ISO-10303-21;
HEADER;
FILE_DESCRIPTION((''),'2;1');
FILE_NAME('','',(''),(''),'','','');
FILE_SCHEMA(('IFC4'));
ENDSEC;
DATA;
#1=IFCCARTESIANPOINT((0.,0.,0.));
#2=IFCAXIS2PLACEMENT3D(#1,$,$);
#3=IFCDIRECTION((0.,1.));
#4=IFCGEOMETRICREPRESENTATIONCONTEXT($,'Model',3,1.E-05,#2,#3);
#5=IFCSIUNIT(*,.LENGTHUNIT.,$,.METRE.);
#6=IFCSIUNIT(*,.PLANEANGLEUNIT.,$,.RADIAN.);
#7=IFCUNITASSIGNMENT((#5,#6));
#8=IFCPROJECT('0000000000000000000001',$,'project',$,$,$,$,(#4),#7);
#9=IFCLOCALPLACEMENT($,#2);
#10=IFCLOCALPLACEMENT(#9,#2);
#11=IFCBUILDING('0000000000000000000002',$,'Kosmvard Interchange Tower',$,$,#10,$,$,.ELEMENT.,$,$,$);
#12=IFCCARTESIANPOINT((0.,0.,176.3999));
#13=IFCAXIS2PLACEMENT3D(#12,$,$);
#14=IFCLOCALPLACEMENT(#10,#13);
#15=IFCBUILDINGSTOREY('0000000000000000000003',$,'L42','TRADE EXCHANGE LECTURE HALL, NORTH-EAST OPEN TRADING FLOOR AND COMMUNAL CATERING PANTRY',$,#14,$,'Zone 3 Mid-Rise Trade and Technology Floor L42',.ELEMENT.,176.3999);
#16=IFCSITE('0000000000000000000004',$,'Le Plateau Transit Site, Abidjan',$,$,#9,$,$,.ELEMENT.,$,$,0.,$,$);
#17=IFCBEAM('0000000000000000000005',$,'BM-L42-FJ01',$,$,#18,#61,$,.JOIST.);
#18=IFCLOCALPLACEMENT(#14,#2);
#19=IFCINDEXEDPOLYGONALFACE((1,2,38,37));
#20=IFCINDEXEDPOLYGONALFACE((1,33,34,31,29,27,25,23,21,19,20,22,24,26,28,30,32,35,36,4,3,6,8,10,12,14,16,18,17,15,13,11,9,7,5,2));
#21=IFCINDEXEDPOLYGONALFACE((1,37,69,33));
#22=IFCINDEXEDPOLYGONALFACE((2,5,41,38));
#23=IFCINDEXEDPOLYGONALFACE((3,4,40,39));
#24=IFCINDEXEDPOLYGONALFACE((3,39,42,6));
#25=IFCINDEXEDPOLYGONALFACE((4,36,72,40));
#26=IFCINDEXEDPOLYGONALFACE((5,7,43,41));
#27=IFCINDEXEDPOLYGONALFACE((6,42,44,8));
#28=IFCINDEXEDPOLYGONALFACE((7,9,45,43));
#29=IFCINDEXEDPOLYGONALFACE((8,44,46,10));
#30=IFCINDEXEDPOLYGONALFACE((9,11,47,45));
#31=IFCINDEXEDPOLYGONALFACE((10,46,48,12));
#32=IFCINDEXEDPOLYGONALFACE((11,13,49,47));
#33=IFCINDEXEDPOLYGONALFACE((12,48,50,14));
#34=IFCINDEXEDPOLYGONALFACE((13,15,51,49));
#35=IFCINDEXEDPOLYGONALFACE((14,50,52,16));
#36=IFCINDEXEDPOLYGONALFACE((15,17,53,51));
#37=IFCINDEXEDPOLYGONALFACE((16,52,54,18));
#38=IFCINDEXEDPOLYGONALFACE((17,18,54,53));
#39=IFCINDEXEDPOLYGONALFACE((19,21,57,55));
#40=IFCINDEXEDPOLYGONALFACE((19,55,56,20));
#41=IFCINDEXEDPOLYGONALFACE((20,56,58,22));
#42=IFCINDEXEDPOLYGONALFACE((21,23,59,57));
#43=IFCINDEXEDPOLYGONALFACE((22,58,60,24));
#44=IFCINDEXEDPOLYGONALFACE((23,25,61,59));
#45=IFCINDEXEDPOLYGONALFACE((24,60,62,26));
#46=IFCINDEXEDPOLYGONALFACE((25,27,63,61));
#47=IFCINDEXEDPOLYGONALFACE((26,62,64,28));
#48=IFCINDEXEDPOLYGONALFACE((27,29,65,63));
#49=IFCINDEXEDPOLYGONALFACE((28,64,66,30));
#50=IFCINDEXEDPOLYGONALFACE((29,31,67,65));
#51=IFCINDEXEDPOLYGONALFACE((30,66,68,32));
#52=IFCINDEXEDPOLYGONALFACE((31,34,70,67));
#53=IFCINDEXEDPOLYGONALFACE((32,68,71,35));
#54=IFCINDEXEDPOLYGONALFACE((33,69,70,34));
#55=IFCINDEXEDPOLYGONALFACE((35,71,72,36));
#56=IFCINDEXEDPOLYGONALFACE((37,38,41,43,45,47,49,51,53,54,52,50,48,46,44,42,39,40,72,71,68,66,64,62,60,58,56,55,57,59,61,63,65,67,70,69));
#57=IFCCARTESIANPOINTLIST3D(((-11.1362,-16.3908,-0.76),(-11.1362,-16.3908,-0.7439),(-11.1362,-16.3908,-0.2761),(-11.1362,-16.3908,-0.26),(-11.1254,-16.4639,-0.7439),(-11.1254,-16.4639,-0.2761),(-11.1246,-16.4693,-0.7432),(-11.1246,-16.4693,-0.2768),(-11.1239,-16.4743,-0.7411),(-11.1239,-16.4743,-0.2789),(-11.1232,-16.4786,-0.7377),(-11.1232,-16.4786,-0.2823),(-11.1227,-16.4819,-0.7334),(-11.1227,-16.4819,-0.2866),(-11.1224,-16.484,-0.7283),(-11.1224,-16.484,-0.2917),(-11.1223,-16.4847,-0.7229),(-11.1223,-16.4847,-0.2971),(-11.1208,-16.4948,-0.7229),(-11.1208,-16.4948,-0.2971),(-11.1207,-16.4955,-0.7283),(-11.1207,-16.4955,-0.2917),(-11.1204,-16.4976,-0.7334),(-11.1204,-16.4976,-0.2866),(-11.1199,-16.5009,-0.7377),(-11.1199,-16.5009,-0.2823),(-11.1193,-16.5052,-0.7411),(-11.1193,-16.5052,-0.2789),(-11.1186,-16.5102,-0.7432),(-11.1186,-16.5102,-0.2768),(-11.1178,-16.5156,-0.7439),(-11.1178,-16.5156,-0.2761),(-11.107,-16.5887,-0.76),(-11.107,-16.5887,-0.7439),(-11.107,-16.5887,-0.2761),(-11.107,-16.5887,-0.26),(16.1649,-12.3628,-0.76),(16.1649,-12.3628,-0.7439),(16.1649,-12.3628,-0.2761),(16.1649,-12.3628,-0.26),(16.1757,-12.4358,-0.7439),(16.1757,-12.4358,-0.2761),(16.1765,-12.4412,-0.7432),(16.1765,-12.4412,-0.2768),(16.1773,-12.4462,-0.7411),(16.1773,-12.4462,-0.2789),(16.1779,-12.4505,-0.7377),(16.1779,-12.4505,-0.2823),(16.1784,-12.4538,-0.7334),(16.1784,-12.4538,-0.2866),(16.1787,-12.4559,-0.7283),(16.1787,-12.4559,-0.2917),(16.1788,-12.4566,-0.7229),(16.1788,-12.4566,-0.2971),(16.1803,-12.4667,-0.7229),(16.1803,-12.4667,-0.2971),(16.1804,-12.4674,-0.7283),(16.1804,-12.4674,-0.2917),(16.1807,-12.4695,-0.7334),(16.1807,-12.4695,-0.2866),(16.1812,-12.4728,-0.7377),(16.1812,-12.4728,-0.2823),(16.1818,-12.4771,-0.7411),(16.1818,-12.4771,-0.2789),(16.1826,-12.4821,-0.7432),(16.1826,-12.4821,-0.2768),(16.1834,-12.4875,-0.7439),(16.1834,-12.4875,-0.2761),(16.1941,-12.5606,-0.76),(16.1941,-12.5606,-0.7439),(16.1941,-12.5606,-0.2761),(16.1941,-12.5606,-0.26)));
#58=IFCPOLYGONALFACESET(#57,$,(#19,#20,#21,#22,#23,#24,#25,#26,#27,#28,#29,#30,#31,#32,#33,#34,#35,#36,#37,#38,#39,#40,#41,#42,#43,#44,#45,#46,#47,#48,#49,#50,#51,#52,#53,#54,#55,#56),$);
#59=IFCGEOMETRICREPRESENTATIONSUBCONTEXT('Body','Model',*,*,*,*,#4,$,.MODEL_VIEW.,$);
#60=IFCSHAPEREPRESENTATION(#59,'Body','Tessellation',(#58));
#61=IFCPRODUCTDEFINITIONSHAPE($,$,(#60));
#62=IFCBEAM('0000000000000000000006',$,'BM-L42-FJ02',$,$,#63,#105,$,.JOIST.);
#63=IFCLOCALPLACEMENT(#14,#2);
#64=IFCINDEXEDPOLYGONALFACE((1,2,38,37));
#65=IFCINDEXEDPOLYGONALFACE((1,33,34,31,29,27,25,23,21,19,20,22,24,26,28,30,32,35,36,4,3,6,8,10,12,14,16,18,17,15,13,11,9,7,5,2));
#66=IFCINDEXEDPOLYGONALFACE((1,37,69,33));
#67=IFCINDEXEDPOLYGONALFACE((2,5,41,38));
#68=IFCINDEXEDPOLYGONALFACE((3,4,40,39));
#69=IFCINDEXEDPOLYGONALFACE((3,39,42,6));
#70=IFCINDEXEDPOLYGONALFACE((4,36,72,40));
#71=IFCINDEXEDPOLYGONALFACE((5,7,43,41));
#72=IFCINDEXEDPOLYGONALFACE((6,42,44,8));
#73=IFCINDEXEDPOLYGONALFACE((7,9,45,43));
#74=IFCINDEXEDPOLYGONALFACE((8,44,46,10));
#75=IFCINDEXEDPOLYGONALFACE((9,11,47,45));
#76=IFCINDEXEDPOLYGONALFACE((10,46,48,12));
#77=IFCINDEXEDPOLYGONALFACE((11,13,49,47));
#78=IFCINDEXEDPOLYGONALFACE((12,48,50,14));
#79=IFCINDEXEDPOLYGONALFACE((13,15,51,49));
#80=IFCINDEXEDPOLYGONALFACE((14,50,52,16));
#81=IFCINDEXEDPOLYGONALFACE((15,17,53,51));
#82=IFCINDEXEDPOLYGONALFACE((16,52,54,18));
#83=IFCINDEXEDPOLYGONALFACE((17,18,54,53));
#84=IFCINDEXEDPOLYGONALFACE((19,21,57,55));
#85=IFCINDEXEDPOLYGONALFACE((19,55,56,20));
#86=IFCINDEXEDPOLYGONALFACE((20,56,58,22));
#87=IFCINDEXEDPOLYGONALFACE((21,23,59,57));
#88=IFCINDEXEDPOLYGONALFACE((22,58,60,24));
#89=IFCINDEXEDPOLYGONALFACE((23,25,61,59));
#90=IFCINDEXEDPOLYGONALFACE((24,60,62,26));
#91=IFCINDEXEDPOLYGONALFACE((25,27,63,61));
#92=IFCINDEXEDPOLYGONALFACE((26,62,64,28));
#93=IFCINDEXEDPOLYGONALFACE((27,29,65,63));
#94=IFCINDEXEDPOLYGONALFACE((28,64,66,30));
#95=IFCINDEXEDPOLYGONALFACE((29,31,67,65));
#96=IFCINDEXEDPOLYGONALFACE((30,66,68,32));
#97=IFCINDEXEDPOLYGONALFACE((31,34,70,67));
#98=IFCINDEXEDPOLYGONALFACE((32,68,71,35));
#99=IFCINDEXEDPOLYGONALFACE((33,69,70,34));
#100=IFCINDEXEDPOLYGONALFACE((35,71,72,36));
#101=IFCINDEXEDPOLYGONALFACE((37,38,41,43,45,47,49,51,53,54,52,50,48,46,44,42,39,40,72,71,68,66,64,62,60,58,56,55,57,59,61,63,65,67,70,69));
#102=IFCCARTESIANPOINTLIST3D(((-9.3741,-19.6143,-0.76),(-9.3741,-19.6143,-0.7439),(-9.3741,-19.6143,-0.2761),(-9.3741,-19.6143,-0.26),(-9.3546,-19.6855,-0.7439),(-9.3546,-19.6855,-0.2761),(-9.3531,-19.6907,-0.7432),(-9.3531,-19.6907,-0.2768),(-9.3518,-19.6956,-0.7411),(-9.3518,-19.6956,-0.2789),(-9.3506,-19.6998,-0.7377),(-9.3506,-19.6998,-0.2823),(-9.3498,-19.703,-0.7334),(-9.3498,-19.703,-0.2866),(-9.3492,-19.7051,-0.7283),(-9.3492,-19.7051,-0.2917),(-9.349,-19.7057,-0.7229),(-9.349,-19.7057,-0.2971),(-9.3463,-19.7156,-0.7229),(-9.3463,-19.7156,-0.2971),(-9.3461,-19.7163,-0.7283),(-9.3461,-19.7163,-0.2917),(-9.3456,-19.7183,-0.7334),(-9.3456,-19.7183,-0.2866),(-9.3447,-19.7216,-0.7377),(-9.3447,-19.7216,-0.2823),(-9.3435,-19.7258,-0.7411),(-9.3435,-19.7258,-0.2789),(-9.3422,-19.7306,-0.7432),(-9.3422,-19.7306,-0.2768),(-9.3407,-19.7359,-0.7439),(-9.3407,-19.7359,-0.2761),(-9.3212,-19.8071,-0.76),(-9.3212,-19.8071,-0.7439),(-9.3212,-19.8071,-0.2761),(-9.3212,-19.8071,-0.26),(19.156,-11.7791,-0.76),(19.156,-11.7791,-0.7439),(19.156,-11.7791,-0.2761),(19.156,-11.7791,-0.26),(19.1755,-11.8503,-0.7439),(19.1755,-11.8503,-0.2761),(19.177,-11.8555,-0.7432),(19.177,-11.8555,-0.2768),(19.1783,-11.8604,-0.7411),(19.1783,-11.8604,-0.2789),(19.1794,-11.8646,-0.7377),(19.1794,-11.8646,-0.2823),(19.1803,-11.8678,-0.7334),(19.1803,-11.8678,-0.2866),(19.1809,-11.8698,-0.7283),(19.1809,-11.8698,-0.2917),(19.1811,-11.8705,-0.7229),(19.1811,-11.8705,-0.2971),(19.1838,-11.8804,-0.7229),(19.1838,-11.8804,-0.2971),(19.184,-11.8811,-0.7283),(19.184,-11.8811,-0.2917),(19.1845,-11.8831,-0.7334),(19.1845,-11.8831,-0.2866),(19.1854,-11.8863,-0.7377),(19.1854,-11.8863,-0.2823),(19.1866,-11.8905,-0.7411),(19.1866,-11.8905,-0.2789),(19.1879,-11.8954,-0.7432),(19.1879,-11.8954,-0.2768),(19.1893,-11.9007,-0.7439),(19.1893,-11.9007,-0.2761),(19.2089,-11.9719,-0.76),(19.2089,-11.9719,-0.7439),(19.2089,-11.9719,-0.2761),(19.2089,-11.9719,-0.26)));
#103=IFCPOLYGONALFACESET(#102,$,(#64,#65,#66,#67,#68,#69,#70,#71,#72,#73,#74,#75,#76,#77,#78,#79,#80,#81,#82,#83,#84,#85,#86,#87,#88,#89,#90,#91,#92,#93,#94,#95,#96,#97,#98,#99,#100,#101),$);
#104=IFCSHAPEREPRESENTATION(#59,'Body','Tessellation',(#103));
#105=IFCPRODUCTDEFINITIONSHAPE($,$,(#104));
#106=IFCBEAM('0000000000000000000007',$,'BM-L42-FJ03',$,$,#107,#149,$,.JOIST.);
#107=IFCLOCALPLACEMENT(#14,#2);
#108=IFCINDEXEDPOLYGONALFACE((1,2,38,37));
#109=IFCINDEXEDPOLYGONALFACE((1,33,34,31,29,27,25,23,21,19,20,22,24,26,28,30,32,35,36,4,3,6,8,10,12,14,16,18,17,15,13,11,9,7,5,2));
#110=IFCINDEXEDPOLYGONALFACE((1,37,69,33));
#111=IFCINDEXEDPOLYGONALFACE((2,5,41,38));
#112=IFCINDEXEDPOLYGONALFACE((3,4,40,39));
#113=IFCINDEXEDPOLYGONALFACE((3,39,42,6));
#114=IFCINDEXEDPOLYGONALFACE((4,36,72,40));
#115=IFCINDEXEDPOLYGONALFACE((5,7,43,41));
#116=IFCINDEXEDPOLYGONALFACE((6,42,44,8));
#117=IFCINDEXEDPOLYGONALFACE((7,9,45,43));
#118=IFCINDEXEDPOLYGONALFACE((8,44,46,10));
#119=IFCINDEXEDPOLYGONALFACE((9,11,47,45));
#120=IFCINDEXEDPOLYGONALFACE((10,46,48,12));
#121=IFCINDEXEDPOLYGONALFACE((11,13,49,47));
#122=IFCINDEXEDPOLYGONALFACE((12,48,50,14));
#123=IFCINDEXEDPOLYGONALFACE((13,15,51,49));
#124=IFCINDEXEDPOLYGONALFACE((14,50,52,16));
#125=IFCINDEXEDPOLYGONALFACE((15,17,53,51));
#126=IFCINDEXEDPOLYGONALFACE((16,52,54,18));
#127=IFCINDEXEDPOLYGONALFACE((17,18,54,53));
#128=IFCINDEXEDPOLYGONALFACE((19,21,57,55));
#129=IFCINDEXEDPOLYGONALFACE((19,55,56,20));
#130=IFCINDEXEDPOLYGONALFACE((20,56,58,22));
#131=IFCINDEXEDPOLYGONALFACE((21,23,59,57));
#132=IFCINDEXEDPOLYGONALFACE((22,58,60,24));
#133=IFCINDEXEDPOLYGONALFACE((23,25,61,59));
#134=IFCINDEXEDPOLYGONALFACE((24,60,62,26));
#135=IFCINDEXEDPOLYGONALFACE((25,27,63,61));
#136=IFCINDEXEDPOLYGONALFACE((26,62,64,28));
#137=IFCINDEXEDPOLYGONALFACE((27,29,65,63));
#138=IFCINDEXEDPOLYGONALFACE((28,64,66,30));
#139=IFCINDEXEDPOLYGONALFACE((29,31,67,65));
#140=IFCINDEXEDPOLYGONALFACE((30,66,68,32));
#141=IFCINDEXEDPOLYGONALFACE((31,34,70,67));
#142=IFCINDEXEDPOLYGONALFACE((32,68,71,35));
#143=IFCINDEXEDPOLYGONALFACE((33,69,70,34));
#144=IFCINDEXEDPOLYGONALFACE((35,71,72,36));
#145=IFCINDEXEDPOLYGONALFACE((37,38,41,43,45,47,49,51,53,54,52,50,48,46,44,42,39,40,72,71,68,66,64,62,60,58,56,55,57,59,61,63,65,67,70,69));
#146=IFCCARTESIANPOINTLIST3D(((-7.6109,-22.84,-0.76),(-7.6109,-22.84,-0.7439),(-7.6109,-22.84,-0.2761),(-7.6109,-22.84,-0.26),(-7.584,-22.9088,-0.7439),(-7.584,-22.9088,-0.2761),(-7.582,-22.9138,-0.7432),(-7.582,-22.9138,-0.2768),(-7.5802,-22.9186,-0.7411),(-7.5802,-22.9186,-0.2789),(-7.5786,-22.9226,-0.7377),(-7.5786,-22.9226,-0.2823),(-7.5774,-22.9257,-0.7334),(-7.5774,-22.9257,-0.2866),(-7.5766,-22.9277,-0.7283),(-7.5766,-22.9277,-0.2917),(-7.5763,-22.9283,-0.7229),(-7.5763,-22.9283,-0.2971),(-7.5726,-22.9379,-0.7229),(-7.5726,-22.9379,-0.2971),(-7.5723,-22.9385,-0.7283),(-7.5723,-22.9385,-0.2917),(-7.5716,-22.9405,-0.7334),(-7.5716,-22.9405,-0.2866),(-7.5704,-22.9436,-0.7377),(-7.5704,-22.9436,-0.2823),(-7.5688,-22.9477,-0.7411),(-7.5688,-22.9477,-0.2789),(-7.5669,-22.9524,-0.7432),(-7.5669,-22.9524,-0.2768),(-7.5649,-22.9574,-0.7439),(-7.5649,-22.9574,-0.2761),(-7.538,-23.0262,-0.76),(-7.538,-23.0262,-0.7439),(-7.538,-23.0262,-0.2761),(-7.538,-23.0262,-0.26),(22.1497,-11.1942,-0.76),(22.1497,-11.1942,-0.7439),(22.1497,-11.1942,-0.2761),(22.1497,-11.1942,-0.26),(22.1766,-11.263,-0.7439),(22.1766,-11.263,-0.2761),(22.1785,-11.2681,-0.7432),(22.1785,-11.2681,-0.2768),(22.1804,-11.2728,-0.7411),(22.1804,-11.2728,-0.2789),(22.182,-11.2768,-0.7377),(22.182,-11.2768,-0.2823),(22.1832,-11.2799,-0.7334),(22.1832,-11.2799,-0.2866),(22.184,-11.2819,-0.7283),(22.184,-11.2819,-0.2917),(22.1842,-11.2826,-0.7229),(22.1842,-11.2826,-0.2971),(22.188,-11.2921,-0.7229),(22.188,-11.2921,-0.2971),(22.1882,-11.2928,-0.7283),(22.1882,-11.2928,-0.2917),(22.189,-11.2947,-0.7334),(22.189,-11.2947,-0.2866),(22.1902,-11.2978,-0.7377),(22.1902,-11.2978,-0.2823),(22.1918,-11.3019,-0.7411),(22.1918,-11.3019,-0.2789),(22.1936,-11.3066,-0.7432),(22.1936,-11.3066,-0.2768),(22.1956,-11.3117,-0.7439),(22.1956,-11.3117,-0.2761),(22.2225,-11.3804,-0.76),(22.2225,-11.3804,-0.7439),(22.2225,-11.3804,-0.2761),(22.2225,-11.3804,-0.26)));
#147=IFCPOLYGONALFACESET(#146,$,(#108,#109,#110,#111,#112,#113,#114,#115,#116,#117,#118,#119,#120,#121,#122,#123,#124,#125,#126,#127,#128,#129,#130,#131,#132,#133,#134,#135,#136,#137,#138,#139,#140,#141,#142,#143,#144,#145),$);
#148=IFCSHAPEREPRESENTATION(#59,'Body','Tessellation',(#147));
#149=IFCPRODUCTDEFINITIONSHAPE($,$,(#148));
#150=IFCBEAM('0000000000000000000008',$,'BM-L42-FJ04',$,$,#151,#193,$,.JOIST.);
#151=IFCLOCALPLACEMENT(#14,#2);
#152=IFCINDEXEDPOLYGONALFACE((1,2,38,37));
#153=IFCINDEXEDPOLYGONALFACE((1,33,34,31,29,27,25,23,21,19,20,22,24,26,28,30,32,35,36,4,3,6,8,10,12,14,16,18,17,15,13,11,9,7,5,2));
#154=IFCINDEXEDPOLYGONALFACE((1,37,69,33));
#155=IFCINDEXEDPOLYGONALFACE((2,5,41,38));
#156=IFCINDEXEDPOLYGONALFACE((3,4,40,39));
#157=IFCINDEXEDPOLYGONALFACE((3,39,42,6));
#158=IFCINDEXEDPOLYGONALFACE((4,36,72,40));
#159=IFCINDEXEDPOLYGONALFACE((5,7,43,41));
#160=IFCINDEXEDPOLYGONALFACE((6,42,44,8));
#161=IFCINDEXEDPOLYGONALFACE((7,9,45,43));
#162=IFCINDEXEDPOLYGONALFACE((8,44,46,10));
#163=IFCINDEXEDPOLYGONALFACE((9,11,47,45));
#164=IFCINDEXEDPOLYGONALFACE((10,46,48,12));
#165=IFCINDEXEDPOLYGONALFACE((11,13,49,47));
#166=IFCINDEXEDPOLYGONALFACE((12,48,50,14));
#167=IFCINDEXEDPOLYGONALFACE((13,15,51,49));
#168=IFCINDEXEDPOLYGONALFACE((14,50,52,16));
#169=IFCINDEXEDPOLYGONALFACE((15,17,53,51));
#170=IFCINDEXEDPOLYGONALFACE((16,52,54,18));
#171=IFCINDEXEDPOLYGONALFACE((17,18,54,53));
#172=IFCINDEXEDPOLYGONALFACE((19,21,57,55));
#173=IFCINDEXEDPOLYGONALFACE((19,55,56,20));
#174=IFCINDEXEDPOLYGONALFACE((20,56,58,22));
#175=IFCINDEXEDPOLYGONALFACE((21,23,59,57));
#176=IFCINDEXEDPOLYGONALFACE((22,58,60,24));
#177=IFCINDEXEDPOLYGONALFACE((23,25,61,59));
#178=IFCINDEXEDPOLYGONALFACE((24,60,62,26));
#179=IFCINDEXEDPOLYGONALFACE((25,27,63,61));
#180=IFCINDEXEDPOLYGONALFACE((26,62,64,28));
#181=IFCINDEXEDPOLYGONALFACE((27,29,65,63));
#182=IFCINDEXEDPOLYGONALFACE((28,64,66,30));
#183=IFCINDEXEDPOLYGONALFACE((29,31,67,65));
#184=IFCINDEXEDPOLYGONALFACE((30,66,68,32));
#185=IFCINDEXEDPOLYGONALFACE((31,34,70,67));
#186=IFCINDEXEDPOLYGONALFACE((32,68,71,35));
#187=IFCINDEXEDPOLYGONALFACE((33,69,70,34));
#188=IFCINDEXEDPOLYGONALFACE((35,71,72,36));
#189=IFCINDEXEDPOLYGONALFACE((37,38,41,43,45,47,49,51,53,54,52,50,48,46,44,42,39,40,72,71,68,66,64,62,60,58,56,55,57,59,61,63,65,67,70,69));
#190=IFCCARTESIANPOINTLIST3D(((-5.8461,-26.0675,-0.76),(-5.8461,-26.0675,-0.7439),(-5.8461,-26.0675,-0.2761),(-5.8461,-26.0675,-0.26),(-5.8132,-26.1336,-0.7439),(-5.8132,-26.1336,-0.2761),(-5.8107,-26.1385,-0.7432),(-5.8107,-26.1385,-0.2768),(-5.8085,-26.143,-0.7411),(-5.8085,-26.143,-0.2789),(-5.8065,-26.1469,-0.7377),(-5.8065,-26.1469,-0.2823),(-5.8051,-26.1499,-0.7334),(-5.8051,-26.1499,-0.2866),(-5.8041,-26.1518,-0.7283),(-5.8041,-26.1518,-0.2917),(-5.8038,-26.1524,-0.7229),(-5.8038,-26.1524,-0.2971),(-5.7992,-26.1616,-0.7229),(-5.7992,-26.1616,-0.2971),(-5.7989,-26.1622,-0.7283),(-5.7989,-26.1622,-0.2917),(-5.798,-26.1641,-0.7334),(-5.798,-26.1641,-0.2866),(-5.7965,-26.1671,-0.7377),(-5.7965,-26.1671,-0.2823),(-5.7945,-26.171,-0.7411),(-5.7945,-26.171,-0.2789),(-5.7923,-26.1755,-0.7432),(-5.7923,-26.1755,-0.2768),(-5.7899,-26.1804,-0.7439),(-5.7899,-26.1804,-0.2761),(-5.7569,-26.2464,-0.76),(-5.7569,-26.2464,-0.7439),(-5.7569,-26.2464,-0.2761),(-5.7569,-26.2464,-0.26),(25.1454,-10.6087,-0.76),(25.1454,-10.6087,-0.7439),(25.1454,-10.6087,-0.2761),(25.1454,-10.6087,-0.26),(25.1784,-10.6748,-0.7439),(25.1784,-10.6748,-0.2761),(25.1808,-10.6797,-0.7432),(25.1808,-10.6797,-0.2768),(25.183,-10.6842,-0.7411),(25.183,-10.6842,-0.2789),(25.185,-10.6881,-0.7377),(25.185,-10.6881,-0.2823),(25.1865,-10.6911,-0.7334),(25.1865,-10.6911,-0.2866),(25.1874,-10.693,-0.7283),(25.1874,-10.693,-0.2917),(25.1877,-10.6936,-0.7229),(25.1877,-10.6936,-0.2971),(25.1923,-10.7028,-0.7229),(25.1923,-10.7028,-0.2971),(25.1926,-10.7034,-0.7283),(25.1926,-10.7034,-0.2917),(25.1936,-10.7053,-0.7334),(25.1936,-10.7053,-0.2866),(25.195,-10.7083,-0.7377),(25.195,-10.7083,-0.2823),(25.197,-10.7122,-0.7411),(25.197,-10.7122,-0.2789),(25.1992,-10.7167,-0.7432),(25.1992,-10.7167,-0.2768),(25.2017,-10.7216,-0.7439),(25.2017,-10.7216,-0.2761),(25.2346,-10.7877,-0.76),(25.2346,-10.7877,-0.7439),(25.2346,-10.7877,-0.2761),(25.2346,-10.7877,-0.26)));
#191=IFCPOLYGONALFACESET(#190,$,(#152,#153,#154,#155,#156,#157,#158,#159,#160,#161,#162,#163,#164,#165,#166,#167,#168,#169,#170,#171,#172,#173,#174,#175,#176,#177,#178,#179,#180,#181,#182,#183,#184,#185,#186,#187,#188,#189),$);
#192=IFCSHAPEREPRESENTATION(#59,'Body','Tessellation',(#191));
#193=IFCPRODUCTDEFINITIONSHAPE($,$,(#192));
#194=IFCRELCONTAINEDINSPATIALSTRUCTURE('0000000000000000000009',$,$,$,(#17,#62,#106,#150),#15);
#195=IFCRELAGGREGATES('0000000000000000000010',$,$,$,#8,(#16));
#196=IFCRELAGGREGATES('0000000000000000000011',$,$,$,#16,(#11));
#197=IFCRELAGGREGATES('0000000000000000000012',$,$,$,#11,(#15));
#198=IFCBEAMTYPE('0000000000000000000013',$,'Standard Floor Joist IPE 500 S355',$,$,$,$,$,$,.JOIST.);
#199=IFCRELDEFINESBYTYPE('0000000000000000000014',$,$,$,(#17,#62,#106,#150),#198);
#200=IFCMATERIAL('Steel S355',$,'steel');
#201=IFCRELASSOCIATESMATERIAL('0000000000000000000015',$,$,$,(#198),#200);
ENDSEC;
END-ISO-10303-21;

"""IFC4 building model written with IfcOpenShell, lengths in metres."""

from ifc_helpers import new_model, si_unit, direction, frame, origin, origin_2d, place, context, subcontext, project, spatial, i_section, extrude, source, transform, mapped, material, material_profile, profile_set, type_object, element, save


model = new_model("IFC4")

# Units and contexts
model_context = context("Model", 3, precision=1e-05, world=origin(), true_north=direction((0.0, 1.0)))
body_context = subcontext(model_context, "Body", "Model", "MODEL_VIEW")
ifc_project = project(units=[si_unit("LENGTHUNIT", "METRE"), si_unit("PLANEANGLEUNIT", "RADIAN")], contexts=[model_context])

# Site, building, storey
site_placement = place(None, origin())
site = spatial("IfcSite", under=ifc_project, at=site_placement, Name="Le Plateau Transit Site, Abidjan", CompositionType="ELEMENT", RefElevation=0.0)
building_placement = place(site_placement, origin())
building = spatial("IfcBuilding", under=site, at=building_placement, Name="Kosmvard Interchange Tower", CompositionType="ELEMENT")
storey_placement = place(building_placement, frame((0.0, 0.0, 176.3999)))
storey = spatial("IfcBuildingStorey", under=building, at=storey_placement, Name="L42", Description="TRADE EXCHANGE LECTURE HALL, NORTH-EAST OPEN TRADING FLOOR AND COMMUNAL CATERING PANTRY", LongName="Zone 3 Mid-Rise Trade and Technology Floor L42", CompositionType="ELEMENT", Elevation=176.3999)

# Beams
ifc_material_1 = material(Name="Steel S355", Category="steel")
ifc_material_profile_1 = material_profile(ifc_material_1, i_section(OverallWidth=0.2, OverallDepth=0.5, WebThickness=0.0103, FlangeThickness=0.0161, FilletRadius=0.021, at=origin_2d()), Name="IPE 500")
ifc_profile_set_1 = profile_set([ifc_material_profile_1], Name="Steel S355")
beam_type_1 = type_object("IfcBeamType", Name="Standard Floor Joist IPE 500 S355", PredefinedType="JOIST", material=ifc_profile_set_1)
shared_shape_1 = source(origin(), body_context, "Body", "SweptSolid", [
    extrude(i_section(OverallWidth=0.2, OverallDepth=0.5, WebThickness=0.0103, FlangeThickness=0.0161, FilletRadius=0.021, at=origin_2d()), origin(), (0.0, 0.0, 1.0), 27.5967),
])
beam_1_placement = place(storey_placement, frame((-11.1216, -16.4897, -0.51), z_axis=(0.98929, 0.145963, 0.0), x_axis=(-0.145963, 0.98929, 0.0)))
element("IfcBeam", 1, at=beam_1_placement, inside=storey, type_object=beam_type_1, Name="BM-L42-FJ01", PredefinedType="JOIST", context=body_context, shape_type="MappedRepresentation", body=[
    mapped(shared_shape_1, transform((0.0, 0.0, 0.0), scale=1.0)),
])
shared_shape_2 = source(origin(), body_context, "Body", "SweptSolid", [
    extrude(i_section(OverallWidth=0.2, OverallDepth=0.5, WebThickness=0.0103, FlangeThickness=0.0161, FilletRadius=0.021, at=origin_2d()), origin(), (0.0, 0.0, 1.0), 29.5864),
])
beam_2_placement = place(storey_placement, frame((-9.3477, -19.7107, -0.51), z_axis=(0.964297, 0.264825, 0.0), x_axis=(-0.264825, 0.964297, 0.0)))
element("IfcBeam", 2, at=beam_2_placement, inside=storey, type_object=beam_type_1, Name="BM-L42-FJ02", PredefinedType="JOIST", context=body_context, shape_type="MappedRepresentation", body=[
    mapped(shared_shape_2, transform((0.0, 0.0, 0.0), scale=1.0)),
])
shared_shape_3 = source(origin(), body_context, "Body", "SweptSolid", [
    extrude(i_section(OverallWidth=0.2, OverallDepth=0.5, WebThickness=0.0103, FlangeThickness=0.0161, FilletRadius=0.021, at=origin_2d()), origin(), (0.0, 0.0, 1.0), 31.958),
])
beam_3_placement = place(storey_placement, frame((-7.5745, -22.9331, -0.51), z_axis=(0.931239, 0.364409, 0.0), x_axis=(-0.364409, 0.931239, 0.0)))
element("IfcBeam", 3, at=beam_3_placement, inside=storey, type_object=beam_type_1, Name="BM-L42-FJ03", PredefinedType="JOIST", context=body_context, shape_type="MappedRepresentation", body=[
    mapped(shared_shape_3, transform((0.0, 0.0, 0.0), scale=1.0)),
])
shared_shape_4 = source(origin(), body_context, "Body", "SweptSolid", [
    extrude(i_section(OverallWidth=0.2, OverallDepth=0.5, WebThickness=0.0103, FlangeThickness=0.0161, FilletRadius=0.021, at=origin_2d()), origin(), (0.0, 0.0, 1.0), 34.6331),
])
beam_4_placement = place(storey_placement, frame((-5.8015, -26.157, -0.51), z_axis=(0.894854, 0.446359, 0.0), x_axis=(-0.446359, 0.894854, 0.0)))
element("IfcBeam", 4, at=beam_4_placement, inside=storey, type_object=beam_type_1, Name="BM-L42-FJ04", PredefinedType="JOIST", context=body_context, shape_type="MappedRepresentation", body=[
    mapped(shared_shape_4, transform((0.0, 0.0, 0.0), scale=1.0)),
])

save(model, "model.ifc")
